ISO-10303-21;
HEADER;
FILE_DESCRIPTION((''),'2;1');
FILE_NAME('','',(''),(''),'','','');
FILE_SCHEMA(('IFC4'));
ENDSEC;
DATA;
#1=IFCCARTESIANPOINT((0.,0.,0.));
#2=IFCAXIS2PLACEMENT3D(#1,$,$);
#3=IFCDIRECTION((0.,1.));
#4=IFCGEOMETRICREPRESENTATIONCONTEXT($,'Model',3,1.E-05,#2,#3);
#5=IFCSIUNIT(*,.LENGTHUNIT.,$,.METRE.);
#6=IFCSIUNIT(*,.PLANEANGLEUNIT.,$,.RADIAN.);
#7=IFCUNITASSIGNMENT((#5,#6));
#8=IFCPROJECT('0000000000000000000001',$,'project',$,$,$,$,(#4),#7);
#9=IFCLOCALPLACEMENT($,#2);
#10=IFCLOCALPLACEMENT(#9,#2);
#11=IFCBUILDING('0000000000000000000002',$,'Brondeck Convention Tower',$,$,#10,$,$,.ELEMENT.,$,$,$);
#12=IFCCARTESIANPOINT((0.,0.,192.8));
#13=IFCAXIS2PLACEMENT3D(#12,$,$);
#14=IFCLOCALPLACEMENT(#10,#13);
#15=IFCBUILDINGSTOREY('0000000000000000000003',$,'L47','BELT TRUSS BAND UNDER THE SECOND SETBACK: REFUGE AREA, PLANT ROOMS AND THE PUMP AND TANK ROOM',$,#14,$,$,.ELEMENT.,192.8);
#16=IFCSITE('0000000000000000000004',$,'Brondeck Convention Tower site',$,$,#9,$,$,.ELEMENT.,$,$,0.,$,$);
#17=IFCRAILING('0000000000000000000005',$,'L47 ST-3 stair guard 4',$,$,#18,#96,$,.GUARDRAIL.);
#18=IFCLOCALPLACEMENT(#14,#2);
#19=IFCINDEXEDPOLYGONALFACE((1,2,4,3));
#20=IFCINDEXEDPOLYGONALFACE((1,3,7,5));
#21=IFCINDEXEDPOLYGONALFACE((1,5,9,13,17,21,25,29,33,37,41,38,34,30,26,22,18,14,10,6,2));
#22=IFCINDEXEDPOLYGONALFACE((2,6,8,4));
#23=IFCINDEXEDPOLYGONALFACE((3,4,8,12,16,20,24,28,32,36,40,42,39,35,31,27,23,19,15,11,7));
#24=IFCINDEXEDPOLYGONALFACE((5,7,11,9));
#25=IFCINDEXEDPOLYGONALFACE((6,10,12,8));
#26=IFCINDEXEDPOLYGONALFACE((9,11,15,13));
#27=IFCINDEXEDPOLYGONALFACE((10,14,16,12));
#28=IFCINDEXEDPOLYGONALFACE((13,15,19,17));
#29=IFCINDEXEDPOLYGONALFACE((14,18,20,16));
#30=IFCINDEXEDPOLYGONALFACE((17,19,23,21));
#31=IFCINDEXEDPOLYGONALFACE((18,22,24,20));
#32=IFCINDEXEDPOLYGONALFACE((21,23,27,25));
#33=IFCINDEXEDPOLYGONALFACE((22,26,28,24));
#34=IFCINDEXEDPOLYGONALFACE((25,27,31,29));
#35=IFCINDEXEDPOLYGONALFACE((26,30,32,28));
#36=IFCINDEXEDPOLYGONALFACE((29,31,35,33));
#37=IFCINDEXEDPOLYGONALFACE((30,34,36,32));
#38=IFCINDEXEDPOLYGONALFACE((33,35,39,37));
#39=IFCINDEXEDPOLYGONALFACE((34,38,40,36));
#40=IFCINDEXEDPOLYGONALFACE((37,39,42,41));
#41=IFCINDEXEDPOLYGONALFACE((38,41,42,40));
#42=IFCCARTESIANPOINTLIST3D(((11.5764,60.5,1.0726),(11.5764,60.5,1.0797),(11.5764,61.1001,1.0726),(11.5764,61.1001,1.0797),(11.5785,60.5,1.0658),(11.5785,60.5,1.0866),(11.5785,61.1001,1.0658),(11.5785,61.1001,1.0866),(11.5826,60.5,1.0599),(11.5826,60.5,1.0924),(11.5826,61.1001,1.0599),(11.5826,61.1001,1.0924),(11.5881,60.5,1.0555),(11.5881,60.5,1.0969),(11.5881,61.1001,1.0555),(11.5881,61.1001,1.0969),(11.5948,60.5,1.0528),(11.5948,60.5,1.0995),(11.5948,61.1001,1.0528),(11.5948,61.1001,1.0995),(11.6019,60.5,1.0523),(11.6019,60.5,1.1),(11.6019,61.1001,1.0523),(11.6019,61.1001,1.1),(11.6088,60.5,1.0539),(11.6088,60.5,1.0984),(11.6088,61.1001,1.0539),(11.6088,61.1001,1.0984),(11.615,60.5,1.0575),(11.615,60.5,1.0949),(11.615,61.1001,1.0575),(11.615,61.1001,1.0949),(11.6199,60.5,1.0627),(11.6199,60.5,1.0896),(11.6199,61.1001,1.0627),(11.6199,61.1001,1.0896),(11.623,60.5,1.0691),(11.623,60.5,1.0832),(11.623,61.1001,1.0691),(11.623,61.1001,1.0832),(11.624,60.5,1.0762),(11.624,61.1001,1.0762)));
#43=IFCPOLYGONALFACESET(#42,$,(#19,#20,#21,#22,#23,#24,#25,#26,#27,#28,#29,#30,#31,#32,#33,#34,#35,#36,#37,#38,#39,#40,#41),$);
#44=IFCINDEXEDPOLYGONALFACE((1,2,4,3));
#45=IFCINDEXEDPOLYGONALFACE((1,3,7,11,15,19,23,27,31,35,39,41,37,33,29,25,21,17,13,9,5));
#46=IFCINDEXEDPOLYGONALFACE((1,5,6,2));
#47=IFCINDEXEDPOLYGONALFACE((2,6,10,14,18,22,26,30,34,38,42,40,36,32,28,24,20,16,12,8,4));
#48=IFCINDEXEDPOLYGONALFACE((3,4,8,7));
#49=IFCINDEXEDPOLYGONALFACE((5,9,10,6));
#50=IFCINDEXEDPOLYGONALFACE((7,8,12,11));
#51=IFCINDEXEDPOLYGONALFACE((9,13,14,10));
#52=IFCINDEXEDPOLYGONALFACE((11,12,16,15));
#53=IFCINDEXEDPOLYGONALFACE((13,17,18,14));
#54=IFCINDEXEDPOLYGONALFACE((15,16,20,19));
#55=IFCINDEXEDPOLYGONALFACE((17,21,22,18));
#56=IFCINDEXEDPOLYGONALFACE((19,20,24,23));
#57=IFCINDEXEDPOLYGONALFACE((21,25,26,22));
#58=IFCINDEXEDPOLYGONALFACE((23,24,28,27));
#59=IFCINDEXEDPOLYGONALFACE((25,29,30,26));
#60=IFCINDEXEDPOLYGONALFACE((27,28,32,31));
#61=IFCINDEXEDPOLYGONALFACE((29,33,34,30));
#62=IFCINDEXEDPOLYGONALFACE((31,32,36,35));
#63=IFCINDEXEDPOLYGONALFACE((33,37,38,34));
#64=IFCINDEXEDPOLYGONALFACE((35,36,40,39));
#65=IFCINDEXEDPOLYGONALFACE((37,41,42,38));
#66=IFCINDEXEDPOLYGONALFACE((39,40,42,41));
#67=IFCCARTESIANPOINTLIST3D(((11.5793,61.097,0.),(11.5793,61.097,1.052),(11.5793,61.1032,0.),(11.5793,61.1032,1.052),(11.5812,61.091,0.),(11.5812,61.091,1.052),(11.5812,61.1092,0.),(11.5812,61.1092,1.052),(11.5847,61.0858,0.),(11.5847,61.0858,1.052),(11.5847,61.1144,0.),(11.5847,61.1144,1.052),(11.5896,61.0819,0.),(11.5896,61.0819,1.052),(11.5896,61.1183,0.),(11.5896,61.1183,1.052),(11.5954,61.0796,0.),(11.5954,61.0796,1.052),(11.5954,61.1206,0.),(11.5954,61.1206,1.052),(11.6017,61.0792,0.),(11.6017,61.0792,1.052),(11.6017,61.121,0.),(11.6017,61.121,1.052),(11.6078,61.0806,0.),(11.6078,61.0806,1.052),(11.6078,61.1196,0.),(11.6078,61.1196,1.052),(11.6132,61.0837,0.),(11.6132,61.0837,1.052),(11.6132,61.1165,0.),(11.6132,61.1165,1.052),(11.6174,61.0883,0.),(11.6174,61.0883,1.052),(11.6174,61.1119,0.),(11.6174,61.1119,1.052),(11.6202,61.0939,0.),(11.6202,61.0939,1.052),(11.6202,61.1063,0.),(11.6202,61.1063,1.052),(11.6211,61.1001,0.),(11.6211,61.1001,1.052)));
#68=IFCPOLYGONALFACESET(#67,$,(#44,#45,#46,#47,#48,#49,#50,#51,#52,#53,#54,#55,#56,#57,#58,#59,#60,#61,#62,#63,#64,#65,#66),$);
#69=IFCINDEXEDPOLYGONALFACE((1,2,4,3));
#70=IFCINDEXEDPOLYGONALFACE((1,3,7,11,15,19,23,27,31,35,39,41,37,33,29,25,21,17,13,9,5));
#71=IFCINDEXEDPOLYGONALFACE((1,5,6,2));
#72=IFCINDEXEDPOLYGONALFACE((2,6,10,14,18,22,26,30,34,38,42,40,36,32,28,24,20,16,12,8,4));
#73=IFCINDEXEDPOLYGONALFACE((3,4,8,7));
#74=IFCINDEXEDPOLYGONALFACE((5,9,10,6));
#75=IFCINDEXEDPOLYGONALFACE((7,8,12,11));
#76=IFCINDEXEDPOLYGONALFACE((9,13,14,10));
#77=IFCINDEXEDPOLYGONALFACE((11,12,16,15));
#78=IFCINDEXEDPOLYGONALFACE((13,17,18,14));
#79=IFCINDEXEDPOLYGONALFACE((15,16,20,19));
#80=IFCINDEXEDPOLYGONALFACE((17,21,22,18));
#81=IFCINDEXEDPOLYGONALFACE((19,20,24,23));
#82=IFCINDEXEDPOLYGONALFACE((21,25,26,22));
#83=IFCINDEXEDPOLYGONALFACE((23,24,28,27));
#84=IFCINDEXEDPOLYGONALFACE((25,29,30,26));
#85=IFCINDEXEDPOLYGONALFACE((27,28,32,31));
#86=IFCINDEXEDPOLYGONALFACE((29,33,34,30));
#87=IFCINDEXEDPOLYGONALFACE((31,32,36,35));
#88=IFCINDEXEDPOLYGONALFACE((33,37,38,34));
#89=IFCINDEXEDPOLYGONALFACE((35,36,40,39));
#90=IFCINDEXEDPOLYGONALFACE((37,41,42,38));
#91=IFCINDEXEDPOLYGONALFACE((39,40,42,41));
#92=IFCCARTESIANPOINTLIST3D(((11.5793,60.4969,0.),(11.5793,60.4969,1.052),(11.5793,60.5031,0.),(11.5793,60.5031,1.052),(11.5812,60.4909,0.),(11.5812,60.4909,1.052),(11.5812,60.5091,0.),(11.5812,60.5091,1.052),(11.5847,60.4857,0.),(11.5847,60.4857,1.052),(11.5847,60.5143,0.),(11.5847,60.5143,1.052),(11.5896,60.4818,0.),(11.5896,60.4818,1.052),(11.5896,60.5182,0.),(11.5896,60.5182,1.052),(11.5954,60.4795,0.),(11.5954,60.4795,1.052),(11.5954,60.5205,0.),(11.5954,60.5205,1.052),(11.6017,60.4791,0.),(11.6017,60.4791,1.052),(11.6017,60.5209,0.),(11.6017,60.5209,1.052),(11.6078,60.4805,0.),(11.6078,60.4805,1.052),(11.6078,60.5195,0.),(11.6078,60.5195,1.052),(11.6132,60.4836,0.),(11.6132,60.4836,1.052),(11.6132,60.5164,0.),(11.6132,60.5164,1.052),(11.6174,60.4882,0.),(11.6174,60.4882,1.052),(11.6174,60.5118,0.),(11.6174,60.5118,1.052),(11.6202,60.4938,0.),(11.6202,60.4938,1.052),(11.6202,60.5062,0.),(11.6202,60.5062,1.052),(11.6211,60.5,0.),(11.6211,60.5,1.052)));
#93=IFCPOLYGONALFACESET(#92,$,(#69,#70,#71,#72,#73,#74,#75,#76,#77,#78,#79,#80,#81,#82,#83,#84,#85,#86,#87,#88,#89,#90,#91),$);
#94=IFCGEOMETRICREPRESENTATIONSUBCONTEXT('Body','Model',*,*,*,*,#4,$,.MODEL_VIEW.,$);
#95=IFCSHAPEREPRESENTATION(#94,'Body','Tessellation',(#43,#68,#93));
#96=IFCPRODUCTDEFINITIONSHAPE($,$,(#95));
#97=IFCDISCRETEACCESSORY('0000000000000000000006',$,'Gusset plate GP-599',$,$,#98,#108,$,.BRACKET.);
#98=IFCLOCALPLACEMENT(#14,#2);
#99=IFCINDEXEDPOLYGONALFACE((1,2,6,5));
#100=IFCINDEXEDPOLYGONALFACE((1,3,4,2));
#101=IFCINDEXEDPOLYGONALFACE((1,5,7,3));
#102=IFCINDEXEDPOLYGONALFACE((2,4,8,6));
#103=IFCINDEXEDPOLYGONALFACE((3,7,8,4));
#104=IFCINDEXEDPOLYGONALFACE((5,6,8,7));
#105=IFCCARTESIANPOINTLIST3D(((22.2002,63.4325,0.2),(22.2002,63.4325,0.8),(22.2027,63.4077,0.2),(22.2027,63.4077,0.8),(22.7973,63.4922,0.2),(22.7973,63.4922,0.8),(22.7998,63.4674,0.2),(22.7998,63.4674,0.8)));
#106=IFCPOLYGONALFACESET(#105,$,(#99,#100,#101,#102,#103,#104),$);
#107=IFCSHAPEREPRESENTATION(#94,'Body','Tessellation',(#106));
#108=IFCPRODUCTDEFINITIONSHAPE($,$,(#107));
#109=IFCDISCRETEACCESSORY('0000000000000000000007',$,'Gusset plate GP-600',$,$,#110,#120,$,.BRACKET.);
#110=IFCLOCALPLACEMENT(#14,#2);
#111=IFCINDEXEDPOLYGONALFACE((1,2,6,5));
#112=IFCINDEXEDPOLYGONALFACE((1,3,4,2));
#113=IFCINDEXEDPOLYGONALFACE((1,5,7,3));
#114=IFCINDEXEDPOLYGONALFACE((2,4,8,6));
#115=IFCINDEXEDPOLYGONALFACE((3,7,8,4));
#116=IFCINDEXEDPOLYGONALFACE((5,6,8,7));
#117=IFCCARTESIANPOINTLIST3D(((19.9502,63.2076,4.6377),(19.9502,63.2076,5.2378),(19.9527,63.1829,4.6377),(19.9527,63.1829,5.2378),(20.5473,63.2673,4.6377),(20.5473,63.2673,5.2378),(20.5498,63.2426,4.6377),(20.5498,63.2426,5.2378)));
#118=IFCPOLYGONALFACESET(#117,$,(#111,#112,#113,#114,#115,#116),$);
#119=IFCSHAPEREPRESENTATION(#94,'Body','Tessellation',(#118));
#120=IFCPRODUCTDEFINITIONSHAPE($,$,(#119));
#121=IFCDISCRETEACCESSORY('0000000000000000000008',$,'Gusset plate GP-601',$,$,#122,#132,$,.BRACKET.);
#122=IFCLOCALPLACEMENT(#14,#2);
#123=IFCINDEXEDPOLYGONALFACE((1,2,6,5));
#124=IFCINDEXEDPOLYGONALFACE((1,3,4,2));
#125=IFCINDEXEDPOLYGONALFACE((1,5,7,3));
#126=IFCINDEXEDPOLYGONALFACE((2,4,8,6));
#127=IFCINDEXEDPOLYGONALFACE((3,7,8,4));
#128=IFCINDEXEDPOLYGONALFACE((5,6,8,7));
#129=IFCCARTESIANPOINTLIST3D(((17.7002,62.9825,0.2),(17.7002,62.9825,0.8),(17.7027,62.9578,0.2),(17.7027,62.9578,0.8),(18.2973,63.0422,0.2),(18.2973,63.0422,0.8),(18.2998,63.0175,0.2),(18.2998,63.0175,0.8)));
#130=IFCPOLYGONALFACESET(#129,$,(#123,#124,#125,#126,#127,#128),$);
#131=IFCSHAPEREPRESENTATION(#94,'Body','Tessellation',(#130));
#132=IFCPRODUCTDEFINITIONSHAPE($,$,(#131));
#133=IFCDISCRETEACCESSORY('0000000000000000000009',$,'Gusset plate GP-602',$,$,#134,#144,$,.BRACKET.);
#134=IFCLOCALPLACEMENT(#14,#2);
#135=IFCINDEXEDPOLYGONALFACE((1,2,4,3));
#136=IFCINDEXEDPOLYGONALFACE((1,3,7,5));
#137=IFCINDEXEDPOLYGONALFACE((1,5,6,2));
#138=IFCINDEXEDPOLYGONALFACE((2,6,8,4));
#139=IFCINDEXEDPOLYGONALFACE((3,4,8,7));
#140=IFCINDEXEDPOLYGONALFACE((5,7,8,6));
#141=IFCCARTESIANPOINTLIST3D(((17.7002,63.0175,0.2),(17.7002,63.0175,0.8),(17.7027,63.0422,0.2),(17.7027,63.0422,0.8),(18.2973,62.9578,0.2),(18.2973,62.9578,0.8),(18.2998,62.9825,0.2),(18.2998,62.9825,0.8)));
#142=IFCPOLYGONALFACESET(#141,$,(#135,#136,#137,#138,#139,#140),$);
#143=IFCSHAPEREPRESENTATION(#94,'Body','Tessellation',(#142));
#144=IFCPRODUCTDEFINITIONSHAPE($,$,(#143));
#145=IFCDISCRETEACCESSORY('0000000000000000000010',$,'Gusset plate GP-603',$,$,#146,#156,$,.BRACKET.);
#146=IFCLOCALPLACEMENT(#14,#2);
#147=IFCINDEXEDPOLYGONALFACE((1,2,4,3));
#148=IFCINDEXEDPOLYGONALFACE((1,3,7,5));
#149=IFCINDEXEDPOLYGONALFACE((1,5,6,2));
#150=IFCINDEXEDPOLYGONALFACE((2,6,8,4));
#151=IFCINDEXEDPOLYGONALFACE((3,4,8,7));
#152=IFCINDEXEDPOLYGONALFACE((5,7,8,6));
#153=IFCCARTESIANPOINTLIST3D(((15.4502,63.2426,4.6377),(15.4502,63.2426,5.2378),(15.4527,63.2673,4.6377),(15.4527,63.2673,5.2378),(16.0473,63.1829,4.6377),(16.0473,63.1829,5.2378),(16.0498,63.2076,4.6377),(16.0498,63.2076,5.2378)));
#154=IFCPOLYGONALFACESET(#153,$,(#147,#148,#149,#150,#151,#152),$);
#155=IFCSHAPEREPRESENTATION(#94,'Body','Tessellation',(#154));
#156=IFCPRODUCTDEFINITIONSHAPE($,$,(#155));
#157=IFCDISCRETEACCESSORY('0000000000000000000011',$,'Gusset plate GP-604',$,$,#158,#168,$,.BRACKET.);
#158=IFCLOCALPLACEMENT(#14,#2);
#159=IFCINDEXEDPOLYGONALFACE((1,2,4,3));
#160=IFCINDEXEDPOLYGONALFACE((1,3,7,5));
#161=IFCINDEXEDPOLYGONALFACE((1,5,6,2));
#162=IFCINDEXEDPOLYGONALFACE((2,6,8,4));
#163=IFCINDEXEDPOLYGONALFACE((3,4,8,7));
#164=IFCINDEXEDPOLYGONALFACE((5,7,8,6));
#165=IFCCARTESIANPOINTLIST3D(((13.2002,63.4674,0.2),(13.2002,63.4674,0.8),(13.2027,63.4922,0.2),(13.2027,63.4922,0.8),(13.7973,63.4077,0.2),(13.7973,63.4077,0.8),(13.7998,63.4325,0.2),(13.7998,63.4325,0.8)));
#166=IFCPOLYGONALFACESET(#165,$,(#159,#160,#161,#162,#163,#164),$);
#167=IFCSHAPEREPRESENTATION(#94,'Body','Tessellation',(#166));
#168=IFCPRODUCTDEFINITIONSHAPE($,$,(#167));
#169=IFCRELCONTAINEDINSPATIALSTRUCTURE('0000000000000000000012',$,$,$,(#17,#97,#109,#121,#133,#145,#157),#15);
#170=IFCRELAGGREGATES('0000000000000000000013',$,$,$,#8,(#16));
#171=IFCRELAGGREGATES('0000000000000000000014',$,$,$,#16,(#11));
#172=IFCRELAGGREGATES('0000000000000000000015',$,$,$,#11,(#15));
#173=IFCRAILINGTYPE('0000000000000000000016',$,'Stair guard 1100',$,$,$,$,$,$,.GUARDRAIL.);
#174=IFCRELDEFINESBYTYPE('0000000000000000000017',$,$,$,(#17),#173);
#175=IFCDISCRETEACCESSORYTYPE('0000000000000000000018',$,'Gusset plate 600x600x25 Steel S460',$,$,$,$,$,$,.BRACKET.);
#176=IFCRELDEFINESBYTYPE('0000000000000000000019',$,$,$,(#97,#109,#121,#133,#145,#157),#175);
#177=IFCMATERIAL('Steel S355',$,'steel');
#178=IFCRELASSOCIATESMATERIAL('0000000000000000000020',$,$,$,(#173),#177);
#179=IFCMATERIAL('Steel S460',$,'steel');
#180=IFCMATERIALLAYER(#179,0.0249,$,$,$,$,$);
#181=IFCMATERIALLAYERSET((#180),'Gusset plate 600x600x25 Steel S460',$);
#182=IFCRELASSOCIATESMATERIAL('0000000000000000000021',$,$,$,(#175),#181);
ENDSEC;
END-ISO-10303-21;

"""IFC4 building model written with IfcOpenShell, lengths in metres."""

from ifc_helpers import new_model, si_unit, direction, frame, origin, origin_2d, place, context, subcontext, project, spatial, rectangle, circle, extrude, material, layer, layer_set, type_object, element, save


model = new_model("IFC4")

# Units and contexts
model_context = context("Model", 3, precision=1e-05, world=origin(), true_north=direction((0.0, 1.0)))
body_context = subcontext(model_context, "Body", "Model", "MODEL_VIEW")
ifc_project = project(units=[si_unit("LENGTHUNIT", "METRE"), si_unit("PLANEANGLEUNIT", "RADIAN")], contexts=[model_context])

# Site, building, storey
site_placement = place(None, origin())
site = spatial("IfcSite", under=ifc_project, at=site_placement, Name="Brondeck Convention Tower site", CompositionType="ELEMENT", RefElevation=0.0)
building_placement = place(site_placement, origin())
building = spatial("IfcBuilding", under=site, at=building_placement, Name="Brondeck Convention Tower", CompositionType="ELEMENT")
storey_placement = place(building_placement, frame((0.0, 0.0, 192.8)))
storey = spatial("IfcBuildingStorey", under=building, at=storey_placement, Name="L47", Description="BELT TRUSS BAND UNDER THE SECOND SETBACK: REFUGE AREA, PLANT ROOMS AND THE PUMP AND TANK ROOM", CompositionType="ELEMENT", Elevation=192.8)

# Shared definitions
ifc_material_1 = material(Name="Steel S460", Category="steel")

# Shared definitions
ifc_material_2 = material(Name="Steel S355", Category="steel")

# Railing
railing_type = type_object("IfcRailingType", Name="Stair guard 1100", PredefinedType="GUARDRAIL", material=ifc_material_2)
railing_placement = place(storey_placement, frame((11.6001, 61.1001, 0.0)))
element("IfcRailing", 1, at=railing_placement, inside=storey, type_object=railing_type, Name="L47 ST-3 stair guard 4", PredefinedType="GUARDRAIL", context=body_context, shape_type="SweptSolid", body=[
    extrude(circle(Radius=0.0239, at=origin_2d()), frame((0.0, 0.0, 1.0762), z_axis=(0.0, -1.0, 0.0), x_axis=(1.0, 0.0, 0.0)), (0.0, 0.0, 1.0), 0.6001),
    extrude(circle(Radius=0.021, at=origin_2d()), origin(), (0.0, 0.0, 1.0), 1.052),
    extrude(circle(Radius=0.021, at=origin_2d()), frame((0.0, -0.6001, 0.0)), (0.0, 0.0, 1.0), 1.052),
])

# Discrete accessories
ifc_layer_1 = layer(ifc_material_1, 0.0249)
ifc_layer_set_1 = layer_set([ifc_layer_1], Name="Gusset plate 600x600x25 Steel S460")
discrete_accessory_type = type_object("IfcDiscreteAccessoryType", Name="Gusset plate 600x600x25 Steel S460", PredefinedType="BRACKET", material=ifc_layer_set_1)
for number, where, z_axis, x_axis, name in (
    (2, (22.5, 63.45, 0.2), (0.0, 0.0, 1.0), (0.995036, 0.099511, 0.0), "Gusset plate GP-599"),
    (3, (20.25, 63.2251, 4.6377), (0.0, 0.0, 1.0), (0.995036, 0.099511, 0.0), "Gusset plate GP-600"),
    (4, (18.0, 63.0, 0.2), (0.0, 0.0, 1.0), (0.995036, 0.099511, 0.0), "Gusset plate GP-601"),
    (5, (18.0, 63.0, 0.2), (0.0, 0.0, 1.0), (-0.995036, 0.099511, 0.0), "Gusset plate GP-602"),
    (6, (15.75, 63.2251, 4.6377), (0.0, 0.0, 1.0), (-0.995036, 0.099511, 0.0), "Gusset plate GP-603"),
    (7, (13.5, 63.45, 0.2), (0.0, 0.0, 1.0), (-0.995036, 0.099511, 0.0), "Gusset plate GP-604"),
):
    element("IfcDiscreteAccessory", number, at=place(storey_placement, frame(where, z_axis=z_axis, x_axis=x_axis)), inside=storey, type_object=discrete_accessory_type, Name=name, PredefinedType="BRACKET", context=body_context, shape_type="SweptSolid", body=[
        extrude(rectangle(XDim=0.6001, YDim=0.0249, at=origin_2d()), origin(), (0.0, 0.0, 1.0), 0.6001),
    ])

save(model, "model.ifc")
